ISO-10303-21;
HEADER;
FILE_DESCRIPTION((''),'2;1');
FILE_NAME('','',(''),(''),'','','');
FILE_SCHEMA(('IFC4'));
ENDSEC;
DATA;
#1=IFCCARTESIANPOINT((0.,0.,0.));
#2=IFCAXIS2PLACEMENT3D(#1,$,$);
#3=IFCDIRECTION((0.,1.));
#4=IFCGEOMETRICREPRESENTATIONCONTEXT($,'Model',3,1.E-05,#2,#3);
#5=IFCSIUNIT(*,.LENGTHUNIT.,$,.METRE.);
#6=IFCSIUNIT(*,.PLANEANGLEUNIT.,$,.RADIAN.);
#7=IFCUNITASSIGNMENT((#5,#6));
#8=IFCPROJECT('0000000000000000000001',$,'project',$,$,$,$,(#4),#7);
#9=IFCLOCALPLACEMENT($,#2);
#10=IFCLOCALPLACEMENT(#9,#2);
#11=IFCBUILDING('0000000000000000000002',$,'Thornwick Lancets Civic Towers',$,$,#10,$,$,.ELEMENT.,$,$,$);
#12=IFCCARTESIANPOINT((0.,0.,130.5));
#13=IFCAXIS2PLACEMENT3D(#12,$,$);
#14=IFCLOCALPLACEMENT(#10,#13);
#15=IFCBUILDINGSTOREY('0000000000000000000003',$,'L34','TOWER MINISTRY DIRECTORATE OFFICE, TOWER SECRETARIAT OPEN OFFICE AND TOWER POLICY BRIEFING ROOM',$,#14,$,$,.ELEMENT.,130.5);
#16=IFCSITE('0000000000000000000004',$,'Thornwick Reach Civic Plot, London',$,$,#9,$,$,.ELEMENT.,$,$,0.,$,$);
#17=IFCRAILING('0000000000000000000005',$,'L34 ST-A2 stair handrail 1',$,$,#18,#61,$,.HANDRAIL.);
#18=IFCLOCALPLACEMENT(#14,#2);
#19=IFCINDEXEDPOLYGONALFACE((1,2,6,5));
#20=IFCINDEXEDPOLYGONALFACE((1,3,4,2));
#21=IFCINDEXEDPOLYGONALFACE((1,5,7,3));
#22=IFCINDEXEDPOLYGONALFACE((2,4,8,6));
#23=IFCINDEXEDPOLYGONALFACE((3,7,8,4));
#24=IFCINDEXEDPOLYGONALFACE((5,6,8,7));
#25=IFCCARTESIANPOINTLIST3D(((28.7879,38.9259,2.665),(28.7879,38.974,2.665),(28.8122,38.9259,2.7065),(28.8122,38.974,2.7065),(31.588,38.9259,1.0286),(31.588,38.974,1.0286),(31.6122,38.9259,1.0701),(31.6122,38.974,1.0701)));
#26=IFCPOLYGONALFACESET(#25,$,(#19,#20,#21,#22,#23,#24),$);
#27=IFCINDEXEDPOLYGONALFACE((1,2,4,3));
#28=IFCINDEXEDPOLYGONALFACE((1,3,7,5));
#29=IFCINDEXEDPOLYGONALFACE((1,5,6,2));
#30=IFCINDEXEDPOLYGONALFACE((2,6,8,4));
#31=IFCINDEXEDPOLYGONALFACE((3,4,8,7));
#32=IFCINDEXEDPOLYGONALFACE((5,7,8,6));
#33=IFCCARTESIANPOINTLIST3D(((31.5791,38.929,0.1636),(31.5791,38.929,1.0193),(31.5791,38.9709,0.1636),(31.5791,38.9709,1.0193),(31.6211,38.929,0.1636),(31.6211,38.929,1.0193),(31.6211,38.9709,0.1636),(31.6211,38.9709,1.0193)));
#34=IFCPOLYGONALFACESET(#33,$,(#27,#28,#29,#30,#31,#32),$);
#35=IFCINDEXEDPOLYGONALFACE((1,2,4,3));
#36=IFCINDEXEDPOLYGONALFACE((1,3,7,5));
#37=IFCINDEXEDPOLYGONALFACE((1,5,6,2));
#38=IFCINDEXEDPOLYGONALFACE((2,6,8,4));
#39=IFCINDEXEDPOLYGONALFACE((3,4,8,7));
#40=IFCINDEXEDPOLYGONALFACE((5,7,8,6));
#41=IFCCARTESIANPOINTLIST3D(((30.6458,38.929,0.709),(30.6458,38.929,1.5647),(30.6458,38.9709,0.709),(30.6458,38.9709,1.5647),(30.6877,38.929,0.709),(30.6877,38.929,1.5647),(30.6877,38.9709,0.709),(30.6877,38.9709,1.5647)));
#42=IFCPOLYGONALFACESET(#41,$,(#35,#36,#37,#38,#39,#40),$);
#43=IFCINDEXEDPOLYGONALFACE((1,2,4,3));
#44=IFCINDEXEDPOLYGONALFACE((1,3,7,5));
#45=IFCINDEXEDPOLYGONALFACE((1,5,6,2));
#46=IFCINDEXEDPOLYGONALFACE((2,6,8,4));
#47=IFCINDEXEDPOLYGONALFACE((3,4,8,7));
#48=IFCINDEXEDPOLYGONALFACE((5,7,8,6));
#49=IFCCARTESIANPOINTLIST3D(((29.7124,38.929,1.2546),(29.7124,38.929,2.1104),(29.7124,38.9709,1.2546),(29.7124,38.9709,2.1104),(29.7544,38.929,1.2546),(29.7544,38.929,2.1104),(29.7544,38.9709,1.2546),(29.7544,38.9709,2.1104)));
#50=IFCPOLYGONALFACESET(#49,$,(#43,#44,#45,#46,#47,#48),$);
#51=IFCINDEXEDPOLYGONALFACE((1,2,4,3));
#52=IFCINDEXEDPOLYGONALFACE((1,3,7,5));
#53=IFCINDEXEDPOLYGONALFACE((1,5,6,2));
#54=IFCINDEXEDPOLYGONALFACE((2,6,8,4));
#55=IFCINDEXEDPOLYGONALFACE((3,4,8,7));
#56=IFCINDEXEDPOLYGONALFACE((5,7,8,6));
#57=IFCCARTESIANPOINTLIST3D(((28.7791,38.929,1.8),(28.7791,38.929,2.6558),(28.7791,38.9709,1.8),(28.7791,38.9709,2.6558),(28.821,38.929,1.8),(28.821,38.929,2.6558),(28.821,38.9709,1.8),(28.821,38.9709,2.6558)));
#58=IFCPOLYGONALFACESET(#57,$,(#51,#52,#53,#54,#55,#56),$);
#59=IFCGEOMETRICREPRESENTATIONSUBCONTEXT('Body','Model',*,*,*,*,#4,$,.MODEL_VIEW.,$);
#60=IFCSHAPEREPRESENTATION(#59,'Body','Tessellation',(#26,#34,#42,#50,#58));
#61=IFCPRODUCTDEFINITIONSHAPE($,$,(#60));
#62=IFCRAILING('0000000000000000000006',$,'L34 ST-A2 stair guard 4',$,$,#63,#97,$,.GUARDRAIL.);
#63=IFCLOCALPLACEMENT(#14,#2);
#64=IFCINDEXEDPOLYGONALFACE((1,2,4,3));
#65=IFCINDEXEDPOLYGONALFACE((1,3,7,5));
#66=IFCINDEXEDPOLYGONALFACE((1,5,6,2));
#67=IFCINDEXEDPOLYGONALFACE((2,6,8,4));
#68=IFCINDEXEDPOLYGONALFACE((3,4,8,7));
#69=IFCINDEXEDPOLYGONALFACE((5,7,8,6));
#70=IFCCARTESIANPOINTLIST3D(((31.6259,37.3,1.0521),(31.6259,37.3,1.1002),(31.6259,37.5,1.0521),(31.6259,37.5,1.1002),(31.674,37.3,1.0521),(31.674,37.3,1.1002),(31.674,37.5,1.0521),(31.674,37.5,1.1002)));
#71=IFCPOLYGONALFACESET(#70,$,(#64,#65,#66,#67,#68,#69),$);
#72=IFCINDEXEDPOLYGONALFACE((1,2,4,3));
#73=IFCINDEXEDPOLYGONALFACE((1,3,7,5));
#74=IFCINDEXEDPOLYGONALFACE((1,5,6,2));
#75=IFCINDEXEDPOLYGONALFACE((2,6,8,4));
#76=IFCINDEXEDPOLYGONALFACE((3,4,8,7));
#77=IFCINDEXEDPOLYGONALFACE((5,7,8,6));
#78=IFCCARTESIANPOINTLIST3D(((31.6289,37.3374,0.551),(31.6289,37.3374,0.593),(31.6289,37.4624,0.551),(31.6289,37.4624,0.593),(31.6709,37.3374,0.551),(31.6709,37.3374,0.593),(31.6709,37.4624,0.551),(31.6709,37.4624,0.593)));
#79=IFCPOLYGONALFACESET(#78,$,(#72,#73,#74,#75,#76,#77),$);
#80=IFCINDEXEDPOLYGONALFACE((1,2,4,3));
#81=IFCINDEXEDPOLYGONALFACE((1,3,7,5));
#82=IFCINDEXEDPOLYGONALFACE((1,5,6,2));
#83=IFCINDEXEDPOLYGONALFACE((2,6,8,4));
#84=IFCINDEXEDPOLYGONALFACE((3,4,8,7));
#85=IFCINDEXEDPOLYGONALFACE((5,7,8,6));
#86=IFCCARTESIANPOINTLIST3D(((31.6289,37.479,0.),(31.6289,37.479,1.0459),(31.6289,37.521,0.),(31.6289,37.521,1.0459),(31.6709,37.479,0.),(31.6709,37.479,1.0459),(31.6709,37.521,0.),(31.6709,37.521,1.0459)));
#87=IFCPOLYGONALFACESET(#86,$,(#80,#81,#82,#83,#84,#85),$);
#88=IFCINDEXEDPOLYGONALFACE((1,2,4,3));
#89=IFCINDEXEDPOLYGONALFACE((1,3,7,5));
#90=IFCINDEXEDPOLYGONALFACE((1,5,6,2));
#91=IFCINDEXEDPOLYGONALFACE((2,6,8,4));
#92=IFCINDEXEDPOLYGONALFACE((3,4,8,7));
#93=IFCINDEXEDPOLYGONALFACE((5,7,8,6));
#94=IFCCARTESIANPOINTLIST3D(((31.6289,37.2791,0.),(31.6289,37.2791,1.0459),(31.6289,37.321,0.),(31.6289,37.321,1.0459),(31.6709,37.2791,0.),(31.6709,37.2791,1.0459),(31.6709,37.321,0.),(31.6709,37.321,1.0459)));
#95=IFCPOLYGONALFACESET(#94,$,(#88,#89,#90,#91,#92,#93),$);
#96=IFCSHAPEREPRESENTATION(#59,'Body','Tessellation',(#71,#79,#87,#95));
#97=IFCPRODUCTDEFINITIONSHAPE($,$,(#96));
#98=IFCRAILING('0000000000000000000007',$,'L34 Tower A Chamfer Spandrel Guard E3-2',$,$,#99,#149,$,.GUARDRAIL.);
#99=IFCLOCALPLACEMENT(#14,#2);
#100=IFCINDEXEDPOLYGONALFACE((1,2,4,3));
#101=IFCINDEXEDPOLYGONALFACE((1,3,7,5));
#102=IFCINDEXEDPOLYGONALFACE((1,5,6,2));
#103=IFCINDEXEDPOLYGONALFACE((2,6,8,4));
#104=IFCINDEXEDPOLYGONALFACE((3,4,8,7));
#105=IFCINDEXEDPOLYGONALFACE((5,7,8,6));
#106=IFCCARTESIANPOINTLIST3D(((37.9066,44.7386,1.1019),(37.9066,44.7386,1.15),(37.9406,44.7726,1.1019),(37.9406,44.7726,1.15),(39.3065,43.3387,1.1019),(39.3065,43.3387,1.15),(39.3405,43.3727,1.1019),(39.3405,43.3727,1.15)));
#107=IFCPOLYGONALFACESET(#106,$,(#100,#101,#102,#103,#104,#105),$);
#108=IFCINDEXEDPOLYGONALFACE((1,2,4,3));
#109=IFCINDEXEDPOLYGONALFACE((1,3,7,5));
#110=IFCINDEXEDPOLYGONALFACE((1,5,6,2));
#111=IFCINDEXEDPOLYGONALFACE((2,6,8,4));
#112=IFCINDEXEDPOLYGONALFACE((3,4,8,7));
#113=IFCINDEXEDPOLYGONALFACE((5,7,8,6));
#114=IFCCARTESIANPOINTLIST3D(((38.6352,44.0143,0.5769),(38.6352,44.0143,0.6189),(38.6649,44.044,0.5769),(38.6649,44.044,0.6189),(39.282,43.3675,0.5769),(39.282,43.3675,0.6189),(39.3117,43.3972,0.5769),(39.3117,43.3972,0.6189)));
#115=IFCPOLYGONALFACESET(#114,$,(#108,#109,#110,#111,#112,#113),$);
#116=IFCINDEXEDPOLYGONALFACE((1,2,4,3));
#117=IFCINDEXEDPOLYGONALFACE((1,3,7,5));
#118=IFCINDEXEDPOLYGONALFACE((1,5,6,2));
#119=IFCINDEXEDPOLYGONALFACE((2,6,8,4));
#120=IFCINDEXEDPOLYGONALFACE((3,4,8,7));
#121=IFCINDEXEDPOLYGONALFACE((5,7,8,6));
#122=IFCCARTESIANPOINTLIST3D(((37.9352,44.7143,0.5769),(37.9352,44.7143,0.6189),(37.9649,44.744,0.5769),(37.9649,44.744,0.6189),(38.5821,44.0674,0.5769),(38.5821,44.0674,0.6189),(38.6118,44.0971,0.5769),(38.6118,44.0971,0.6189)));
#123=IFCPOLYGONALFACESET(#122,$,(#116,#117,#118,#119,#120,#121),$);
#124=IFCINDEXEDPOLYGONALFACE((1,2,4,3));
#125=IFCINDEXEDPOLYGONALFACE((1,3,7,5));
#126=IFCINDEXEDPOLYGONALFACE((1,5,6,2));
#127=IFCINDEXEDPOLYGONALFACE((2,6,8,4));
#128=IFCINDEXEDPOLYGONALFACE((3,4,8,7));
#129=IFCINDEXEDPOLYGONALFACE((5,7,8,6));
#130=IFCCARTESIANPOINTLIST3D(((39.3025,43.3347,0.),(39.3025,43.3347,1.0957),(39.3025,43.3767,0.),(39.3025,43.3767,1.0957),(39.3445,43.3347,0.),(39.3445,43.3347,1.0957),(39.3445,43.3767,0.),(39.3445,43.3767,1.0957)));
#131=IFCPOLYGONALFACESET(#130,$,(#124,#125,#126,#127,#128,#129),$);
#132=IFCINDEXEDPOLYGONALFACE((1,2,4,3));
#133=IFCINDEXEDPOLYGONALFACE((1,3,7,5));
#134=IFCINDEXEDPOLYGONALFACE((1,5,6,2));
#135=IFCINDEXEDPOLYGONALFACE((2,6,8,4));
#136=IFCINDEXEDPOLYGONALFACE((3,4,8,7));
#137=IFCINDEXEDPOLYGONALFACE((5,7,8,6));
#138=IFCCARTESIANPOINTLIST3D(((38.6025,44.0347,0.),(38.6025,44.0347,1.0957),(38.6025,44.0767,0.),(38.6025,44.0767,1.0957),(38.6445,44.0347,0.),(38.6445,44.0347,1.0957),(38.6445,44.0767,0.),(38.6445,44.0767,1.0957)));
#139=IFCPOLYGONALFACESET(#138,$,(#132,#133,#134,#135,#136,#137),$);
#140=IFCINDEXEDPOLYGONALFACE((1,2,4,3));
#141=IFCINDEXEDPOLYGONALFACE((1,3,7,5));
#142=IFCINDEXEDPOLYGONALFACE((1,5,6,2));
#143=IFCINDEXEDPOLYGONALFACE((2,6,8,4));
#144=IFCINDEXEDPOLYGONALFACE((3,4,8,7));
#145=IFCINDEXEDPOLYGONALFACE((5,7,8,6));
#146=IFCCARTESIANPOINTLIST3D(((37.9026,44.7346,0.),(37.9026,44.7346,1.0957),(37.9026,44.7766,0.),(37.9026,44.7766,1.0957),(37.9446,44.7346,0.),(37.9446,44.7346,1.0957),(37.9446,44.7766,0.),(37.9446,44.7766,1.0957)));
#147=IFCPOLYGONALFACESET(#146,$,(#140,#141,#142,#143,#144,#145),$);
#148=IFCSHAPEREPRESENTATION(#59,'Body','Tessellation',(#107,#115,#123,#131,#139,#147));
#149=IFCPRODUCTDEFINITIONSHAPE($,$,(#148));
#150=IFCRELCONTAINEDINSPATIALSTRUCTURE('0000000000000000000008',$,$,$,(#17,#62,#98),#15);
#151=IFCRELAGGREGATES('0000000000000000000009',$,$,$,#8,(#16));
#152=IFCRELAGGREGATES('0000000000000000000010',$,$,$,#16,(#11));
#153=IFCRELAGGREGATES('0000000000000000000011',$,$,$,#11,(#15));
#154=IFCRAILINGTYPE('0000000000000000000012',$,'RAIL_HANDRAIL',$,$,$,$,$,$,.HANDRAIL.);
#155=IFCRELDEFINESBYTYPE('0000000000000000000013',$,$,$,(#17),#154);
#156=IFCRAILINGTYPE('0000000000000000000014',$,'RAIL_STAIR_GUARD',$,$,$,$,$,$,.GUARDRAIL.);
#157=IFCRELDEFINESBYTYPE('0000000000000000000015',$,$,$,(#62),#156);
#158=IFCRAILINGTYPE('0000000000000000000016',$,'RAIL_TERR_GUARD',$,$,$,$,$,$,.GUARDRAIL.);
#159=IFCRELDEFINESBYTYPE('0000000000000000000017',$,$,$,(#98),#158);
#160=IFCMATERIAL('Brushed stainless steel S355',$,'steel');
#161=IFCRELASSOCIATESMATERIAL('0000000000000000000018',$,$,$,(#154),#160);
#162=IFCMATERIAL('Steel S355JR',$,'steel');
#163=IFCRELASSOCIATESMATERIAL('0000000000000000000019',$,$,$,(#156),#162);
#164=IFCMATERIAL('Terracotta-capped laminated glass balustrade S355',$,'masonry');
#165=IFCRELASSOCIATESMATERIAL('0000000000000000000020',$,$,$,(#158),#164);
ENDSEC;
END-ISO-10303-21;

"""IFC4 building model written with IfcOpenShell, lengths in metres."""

from ifc_helpers import new_model, si_unit, direction, frame, origin, origin_2d, place, context, subcontext, project, spatial, rectangle, extrude, material, type_object, element, save


model = new_model("IFC4")

# Units and contexts
model_context = context("Model", 3, precision=1e-05, world=origin(), true_north=direction((0.0, 1.0)))
body_context = subcontext(model_context, "Body", "Model", "MODEL_VIEW")
ifc_project = project(units=[si_unit("LENGTHUNIT", "METRE"), si_unit("PLANEANGLEUNIT", "RADIAN")], contexts=[model_context])

# Site, building, storey
site_placement = place(None, origin())
site = spatial("IfcSite", under=ifc_project, at=site_placement, Name="Thornwick Reach Civic Plot, London", CompositionType="ELEMENT", RefElevation=0.0)
building_placement = place(site_placement, origin())
building = spatial("IfcBuilding", under=site, at=building_placement, Name="Thornwick Lancets Civic Towers", CompositionType="ELEMENT")
storey_placement = place(building_placement, frame((0.0, 0.0, 130.5)))
storey = spatial("IfcBuildingStorey", under=building, at=storey_placement, Name="L34", Description="TOWER MINISTRY DIRECTORATE OFFICE, TOWER SECRETARIAT OPEN OFFICE AND TOWER POLICY BRIEFING ROOM", CompositionType="ELEMENT", Elevation=130.5)

# Railings
ifc_material_1 = material(Name="Brushed stainless steel S355", Category="steel")
railing_type_1 = type_object("IfcRailingType", Name="RAIL_HANDRAIL", PredefinedType="HANDRAIL", material=ifc_material_1)
railing_1_placement = place(storey_placement, frame((31.6001, 38.95, 0.1636)))
element("IfcRailing", 1, at=railing_1_placement, inside=storey, type_object=railing_type_1, Name="L34 ST-A2 stair handrail 1", PredefinedType="HANDRAIL", context=body_context, shape_type="SweptSolid", body=[
    extrude(rectangle(XDim=0.0481, YDim=0.0481, at=origin_2d()), frame((0.0, 0.0, 0.8857), z_axis=(-0.863361, 0.0, 0.504587), x_axis=(0.0, -1.0, 0.0)), (0.0, 0.0, 1.0), 3.2432),
    extrude(rectangle(XDim=0.042, YDim=0.042, at=origin_2d()), origin(), (0.0, 0.0, 1.0), 0.8557),
    extrude(rectangle(XDim=0.042, YDim=0.042, at=origin_2d()), frame((-0.9333, 0.0, 0.5454)), (0.0, 0.0, 1.0), 0.8557),
    extrude(rectangle(XDim=0.042, YDim=0.042, at=origin_2d()), frame((-1.8667, 0.0, 1.0911)), (0.0, 0.0, 1.0), 0.8557),
    extrude(rectangle(XDim=0.042, YDim=0.042, at=origin_2d()), frame((-2.8, 0.0, 1.6365)), (0.0, 0.0, 1.0), 0.8557),
])
ifc_material_2 = material(Name="Steel S355JR", Category="steel")
railing_type_2 = type_object("IfcRailingType", Name="RAIL_STAIR_GUARD", PredefinedType="GUARDRAIL", material=ifc_material_2)
railing_2_placement = place(storey_placement, frame((31.6499, 37.5, 0.0)))
element("IfcRailing", 2, at=railing_2_placement, inside=storey, type_object=railing_type_2, Name="L34 ST-A2 stair guard 4", PredefinedType="GUARDRAIL", context=body_context, shape_type="SweptSolid", body=[
    extrude(rectangle(XDim=0.0481, YDim=0.0481, at=origin_2d()), frame((0.0, 0.0, 1.0762), z_axis=(0.0, -1.0, 0.0), x_axis=(1.0, 0.0, 0.0)), (0.0, 0.0, 1.0), 0.2),
    extrude(rectangle(XDim=0.042, YDim=0.042, at=origin_2d()), frame((0.0, -0.0376, 0.572), z_axis=(0.0, -1.0, 0.0), x_axis=(1.0, 0.0, 0.0)), (0.0, 0.0, 1.0), 0.125),
    extrude(rectangle(XDim=0.042, YDim=0.042, at=origin_2d()), origin(), (0.0, 0.0, 1.0), 1.0459),
    extrude(rectangle(XDim=0.042, YDim=0.042, at=origin_2d()), frame((0.0, -0.2, 0.0)), (0.0, 0.0, 1.0), 1.0459),
])
ifc_material_3 = material(Name="Terracotta-capped laminated glass balustrade S355", Category="masonry")
railing_type_3 = type_object("IfcRailingType", Name="RAIL_TERR_GUARD", PredefinedType="GUARDRAIL", material=ifc_material_3)
railing_3_placement = place(storey_placement, frame((39.3235, 43.3557, 0.0)))
element("IfcRailing", 3, at=railing_3_placement, inside=storey, type_object=railing_type_3, Name="L34 Tower A Chamfer Spandrel Guard E3-2", PredefinedType="GUARDRAIL", context=body_context, shape_type="SweptSolid", body=[
    extrude(rectangle(XDim=0.0481, YDim=0.0481, at=origin_2d()), frame((0.0, 0.0, 1.126), z_axis=(-0.707107, 0.707107, 0.0), x_axis=(-0.707107, -0.707107, 0.0)), (0.0, 0.0, 1.0), 1.9797),
    extrude(rectangle(XDim=0.042, YDim=0.042, at=origin_2d()), frame((-0.0266, 0.0266, 0.5979), z_axis=(-0.707107, 0.707107, 0.0), x_axis=(-0.707107, -0.707107, 0.0)), (0.0, 0.0, 1.0), 0.9148),
    extrude(rectangle(XDim=0.042, YDim=0.042, at=origin_2d()), frame((-0.7266, 0.7266, 0.5979), z_axis=(-0.707107, 0.707107, 0.0), x_axis=(-0.707107, -0.707107, 0.0)), (0.0, 0.0, 1.0), 0.9148),
    extrude(rectangle(XDim=0.042, YDim=0.042, at=origin_2d()), origin(), (0.0, 0.0, 1.0), 1.0957),
    extrude(rectangle(XDim=0.042, YDim=0.042, at=origin_2d()), frame((-0.7, 0.7, 0.0)), (0.0, 0.0, 1.0), 1.0957),
    extrude(rectangle(XDim=0.042, YDim=0.042, at=origin_2d()), frame((-1.3999, 1.3999, 0.0)), (0.0, 0.0, 1.0), 1.0957),
])

save(model, "model.ifc")
